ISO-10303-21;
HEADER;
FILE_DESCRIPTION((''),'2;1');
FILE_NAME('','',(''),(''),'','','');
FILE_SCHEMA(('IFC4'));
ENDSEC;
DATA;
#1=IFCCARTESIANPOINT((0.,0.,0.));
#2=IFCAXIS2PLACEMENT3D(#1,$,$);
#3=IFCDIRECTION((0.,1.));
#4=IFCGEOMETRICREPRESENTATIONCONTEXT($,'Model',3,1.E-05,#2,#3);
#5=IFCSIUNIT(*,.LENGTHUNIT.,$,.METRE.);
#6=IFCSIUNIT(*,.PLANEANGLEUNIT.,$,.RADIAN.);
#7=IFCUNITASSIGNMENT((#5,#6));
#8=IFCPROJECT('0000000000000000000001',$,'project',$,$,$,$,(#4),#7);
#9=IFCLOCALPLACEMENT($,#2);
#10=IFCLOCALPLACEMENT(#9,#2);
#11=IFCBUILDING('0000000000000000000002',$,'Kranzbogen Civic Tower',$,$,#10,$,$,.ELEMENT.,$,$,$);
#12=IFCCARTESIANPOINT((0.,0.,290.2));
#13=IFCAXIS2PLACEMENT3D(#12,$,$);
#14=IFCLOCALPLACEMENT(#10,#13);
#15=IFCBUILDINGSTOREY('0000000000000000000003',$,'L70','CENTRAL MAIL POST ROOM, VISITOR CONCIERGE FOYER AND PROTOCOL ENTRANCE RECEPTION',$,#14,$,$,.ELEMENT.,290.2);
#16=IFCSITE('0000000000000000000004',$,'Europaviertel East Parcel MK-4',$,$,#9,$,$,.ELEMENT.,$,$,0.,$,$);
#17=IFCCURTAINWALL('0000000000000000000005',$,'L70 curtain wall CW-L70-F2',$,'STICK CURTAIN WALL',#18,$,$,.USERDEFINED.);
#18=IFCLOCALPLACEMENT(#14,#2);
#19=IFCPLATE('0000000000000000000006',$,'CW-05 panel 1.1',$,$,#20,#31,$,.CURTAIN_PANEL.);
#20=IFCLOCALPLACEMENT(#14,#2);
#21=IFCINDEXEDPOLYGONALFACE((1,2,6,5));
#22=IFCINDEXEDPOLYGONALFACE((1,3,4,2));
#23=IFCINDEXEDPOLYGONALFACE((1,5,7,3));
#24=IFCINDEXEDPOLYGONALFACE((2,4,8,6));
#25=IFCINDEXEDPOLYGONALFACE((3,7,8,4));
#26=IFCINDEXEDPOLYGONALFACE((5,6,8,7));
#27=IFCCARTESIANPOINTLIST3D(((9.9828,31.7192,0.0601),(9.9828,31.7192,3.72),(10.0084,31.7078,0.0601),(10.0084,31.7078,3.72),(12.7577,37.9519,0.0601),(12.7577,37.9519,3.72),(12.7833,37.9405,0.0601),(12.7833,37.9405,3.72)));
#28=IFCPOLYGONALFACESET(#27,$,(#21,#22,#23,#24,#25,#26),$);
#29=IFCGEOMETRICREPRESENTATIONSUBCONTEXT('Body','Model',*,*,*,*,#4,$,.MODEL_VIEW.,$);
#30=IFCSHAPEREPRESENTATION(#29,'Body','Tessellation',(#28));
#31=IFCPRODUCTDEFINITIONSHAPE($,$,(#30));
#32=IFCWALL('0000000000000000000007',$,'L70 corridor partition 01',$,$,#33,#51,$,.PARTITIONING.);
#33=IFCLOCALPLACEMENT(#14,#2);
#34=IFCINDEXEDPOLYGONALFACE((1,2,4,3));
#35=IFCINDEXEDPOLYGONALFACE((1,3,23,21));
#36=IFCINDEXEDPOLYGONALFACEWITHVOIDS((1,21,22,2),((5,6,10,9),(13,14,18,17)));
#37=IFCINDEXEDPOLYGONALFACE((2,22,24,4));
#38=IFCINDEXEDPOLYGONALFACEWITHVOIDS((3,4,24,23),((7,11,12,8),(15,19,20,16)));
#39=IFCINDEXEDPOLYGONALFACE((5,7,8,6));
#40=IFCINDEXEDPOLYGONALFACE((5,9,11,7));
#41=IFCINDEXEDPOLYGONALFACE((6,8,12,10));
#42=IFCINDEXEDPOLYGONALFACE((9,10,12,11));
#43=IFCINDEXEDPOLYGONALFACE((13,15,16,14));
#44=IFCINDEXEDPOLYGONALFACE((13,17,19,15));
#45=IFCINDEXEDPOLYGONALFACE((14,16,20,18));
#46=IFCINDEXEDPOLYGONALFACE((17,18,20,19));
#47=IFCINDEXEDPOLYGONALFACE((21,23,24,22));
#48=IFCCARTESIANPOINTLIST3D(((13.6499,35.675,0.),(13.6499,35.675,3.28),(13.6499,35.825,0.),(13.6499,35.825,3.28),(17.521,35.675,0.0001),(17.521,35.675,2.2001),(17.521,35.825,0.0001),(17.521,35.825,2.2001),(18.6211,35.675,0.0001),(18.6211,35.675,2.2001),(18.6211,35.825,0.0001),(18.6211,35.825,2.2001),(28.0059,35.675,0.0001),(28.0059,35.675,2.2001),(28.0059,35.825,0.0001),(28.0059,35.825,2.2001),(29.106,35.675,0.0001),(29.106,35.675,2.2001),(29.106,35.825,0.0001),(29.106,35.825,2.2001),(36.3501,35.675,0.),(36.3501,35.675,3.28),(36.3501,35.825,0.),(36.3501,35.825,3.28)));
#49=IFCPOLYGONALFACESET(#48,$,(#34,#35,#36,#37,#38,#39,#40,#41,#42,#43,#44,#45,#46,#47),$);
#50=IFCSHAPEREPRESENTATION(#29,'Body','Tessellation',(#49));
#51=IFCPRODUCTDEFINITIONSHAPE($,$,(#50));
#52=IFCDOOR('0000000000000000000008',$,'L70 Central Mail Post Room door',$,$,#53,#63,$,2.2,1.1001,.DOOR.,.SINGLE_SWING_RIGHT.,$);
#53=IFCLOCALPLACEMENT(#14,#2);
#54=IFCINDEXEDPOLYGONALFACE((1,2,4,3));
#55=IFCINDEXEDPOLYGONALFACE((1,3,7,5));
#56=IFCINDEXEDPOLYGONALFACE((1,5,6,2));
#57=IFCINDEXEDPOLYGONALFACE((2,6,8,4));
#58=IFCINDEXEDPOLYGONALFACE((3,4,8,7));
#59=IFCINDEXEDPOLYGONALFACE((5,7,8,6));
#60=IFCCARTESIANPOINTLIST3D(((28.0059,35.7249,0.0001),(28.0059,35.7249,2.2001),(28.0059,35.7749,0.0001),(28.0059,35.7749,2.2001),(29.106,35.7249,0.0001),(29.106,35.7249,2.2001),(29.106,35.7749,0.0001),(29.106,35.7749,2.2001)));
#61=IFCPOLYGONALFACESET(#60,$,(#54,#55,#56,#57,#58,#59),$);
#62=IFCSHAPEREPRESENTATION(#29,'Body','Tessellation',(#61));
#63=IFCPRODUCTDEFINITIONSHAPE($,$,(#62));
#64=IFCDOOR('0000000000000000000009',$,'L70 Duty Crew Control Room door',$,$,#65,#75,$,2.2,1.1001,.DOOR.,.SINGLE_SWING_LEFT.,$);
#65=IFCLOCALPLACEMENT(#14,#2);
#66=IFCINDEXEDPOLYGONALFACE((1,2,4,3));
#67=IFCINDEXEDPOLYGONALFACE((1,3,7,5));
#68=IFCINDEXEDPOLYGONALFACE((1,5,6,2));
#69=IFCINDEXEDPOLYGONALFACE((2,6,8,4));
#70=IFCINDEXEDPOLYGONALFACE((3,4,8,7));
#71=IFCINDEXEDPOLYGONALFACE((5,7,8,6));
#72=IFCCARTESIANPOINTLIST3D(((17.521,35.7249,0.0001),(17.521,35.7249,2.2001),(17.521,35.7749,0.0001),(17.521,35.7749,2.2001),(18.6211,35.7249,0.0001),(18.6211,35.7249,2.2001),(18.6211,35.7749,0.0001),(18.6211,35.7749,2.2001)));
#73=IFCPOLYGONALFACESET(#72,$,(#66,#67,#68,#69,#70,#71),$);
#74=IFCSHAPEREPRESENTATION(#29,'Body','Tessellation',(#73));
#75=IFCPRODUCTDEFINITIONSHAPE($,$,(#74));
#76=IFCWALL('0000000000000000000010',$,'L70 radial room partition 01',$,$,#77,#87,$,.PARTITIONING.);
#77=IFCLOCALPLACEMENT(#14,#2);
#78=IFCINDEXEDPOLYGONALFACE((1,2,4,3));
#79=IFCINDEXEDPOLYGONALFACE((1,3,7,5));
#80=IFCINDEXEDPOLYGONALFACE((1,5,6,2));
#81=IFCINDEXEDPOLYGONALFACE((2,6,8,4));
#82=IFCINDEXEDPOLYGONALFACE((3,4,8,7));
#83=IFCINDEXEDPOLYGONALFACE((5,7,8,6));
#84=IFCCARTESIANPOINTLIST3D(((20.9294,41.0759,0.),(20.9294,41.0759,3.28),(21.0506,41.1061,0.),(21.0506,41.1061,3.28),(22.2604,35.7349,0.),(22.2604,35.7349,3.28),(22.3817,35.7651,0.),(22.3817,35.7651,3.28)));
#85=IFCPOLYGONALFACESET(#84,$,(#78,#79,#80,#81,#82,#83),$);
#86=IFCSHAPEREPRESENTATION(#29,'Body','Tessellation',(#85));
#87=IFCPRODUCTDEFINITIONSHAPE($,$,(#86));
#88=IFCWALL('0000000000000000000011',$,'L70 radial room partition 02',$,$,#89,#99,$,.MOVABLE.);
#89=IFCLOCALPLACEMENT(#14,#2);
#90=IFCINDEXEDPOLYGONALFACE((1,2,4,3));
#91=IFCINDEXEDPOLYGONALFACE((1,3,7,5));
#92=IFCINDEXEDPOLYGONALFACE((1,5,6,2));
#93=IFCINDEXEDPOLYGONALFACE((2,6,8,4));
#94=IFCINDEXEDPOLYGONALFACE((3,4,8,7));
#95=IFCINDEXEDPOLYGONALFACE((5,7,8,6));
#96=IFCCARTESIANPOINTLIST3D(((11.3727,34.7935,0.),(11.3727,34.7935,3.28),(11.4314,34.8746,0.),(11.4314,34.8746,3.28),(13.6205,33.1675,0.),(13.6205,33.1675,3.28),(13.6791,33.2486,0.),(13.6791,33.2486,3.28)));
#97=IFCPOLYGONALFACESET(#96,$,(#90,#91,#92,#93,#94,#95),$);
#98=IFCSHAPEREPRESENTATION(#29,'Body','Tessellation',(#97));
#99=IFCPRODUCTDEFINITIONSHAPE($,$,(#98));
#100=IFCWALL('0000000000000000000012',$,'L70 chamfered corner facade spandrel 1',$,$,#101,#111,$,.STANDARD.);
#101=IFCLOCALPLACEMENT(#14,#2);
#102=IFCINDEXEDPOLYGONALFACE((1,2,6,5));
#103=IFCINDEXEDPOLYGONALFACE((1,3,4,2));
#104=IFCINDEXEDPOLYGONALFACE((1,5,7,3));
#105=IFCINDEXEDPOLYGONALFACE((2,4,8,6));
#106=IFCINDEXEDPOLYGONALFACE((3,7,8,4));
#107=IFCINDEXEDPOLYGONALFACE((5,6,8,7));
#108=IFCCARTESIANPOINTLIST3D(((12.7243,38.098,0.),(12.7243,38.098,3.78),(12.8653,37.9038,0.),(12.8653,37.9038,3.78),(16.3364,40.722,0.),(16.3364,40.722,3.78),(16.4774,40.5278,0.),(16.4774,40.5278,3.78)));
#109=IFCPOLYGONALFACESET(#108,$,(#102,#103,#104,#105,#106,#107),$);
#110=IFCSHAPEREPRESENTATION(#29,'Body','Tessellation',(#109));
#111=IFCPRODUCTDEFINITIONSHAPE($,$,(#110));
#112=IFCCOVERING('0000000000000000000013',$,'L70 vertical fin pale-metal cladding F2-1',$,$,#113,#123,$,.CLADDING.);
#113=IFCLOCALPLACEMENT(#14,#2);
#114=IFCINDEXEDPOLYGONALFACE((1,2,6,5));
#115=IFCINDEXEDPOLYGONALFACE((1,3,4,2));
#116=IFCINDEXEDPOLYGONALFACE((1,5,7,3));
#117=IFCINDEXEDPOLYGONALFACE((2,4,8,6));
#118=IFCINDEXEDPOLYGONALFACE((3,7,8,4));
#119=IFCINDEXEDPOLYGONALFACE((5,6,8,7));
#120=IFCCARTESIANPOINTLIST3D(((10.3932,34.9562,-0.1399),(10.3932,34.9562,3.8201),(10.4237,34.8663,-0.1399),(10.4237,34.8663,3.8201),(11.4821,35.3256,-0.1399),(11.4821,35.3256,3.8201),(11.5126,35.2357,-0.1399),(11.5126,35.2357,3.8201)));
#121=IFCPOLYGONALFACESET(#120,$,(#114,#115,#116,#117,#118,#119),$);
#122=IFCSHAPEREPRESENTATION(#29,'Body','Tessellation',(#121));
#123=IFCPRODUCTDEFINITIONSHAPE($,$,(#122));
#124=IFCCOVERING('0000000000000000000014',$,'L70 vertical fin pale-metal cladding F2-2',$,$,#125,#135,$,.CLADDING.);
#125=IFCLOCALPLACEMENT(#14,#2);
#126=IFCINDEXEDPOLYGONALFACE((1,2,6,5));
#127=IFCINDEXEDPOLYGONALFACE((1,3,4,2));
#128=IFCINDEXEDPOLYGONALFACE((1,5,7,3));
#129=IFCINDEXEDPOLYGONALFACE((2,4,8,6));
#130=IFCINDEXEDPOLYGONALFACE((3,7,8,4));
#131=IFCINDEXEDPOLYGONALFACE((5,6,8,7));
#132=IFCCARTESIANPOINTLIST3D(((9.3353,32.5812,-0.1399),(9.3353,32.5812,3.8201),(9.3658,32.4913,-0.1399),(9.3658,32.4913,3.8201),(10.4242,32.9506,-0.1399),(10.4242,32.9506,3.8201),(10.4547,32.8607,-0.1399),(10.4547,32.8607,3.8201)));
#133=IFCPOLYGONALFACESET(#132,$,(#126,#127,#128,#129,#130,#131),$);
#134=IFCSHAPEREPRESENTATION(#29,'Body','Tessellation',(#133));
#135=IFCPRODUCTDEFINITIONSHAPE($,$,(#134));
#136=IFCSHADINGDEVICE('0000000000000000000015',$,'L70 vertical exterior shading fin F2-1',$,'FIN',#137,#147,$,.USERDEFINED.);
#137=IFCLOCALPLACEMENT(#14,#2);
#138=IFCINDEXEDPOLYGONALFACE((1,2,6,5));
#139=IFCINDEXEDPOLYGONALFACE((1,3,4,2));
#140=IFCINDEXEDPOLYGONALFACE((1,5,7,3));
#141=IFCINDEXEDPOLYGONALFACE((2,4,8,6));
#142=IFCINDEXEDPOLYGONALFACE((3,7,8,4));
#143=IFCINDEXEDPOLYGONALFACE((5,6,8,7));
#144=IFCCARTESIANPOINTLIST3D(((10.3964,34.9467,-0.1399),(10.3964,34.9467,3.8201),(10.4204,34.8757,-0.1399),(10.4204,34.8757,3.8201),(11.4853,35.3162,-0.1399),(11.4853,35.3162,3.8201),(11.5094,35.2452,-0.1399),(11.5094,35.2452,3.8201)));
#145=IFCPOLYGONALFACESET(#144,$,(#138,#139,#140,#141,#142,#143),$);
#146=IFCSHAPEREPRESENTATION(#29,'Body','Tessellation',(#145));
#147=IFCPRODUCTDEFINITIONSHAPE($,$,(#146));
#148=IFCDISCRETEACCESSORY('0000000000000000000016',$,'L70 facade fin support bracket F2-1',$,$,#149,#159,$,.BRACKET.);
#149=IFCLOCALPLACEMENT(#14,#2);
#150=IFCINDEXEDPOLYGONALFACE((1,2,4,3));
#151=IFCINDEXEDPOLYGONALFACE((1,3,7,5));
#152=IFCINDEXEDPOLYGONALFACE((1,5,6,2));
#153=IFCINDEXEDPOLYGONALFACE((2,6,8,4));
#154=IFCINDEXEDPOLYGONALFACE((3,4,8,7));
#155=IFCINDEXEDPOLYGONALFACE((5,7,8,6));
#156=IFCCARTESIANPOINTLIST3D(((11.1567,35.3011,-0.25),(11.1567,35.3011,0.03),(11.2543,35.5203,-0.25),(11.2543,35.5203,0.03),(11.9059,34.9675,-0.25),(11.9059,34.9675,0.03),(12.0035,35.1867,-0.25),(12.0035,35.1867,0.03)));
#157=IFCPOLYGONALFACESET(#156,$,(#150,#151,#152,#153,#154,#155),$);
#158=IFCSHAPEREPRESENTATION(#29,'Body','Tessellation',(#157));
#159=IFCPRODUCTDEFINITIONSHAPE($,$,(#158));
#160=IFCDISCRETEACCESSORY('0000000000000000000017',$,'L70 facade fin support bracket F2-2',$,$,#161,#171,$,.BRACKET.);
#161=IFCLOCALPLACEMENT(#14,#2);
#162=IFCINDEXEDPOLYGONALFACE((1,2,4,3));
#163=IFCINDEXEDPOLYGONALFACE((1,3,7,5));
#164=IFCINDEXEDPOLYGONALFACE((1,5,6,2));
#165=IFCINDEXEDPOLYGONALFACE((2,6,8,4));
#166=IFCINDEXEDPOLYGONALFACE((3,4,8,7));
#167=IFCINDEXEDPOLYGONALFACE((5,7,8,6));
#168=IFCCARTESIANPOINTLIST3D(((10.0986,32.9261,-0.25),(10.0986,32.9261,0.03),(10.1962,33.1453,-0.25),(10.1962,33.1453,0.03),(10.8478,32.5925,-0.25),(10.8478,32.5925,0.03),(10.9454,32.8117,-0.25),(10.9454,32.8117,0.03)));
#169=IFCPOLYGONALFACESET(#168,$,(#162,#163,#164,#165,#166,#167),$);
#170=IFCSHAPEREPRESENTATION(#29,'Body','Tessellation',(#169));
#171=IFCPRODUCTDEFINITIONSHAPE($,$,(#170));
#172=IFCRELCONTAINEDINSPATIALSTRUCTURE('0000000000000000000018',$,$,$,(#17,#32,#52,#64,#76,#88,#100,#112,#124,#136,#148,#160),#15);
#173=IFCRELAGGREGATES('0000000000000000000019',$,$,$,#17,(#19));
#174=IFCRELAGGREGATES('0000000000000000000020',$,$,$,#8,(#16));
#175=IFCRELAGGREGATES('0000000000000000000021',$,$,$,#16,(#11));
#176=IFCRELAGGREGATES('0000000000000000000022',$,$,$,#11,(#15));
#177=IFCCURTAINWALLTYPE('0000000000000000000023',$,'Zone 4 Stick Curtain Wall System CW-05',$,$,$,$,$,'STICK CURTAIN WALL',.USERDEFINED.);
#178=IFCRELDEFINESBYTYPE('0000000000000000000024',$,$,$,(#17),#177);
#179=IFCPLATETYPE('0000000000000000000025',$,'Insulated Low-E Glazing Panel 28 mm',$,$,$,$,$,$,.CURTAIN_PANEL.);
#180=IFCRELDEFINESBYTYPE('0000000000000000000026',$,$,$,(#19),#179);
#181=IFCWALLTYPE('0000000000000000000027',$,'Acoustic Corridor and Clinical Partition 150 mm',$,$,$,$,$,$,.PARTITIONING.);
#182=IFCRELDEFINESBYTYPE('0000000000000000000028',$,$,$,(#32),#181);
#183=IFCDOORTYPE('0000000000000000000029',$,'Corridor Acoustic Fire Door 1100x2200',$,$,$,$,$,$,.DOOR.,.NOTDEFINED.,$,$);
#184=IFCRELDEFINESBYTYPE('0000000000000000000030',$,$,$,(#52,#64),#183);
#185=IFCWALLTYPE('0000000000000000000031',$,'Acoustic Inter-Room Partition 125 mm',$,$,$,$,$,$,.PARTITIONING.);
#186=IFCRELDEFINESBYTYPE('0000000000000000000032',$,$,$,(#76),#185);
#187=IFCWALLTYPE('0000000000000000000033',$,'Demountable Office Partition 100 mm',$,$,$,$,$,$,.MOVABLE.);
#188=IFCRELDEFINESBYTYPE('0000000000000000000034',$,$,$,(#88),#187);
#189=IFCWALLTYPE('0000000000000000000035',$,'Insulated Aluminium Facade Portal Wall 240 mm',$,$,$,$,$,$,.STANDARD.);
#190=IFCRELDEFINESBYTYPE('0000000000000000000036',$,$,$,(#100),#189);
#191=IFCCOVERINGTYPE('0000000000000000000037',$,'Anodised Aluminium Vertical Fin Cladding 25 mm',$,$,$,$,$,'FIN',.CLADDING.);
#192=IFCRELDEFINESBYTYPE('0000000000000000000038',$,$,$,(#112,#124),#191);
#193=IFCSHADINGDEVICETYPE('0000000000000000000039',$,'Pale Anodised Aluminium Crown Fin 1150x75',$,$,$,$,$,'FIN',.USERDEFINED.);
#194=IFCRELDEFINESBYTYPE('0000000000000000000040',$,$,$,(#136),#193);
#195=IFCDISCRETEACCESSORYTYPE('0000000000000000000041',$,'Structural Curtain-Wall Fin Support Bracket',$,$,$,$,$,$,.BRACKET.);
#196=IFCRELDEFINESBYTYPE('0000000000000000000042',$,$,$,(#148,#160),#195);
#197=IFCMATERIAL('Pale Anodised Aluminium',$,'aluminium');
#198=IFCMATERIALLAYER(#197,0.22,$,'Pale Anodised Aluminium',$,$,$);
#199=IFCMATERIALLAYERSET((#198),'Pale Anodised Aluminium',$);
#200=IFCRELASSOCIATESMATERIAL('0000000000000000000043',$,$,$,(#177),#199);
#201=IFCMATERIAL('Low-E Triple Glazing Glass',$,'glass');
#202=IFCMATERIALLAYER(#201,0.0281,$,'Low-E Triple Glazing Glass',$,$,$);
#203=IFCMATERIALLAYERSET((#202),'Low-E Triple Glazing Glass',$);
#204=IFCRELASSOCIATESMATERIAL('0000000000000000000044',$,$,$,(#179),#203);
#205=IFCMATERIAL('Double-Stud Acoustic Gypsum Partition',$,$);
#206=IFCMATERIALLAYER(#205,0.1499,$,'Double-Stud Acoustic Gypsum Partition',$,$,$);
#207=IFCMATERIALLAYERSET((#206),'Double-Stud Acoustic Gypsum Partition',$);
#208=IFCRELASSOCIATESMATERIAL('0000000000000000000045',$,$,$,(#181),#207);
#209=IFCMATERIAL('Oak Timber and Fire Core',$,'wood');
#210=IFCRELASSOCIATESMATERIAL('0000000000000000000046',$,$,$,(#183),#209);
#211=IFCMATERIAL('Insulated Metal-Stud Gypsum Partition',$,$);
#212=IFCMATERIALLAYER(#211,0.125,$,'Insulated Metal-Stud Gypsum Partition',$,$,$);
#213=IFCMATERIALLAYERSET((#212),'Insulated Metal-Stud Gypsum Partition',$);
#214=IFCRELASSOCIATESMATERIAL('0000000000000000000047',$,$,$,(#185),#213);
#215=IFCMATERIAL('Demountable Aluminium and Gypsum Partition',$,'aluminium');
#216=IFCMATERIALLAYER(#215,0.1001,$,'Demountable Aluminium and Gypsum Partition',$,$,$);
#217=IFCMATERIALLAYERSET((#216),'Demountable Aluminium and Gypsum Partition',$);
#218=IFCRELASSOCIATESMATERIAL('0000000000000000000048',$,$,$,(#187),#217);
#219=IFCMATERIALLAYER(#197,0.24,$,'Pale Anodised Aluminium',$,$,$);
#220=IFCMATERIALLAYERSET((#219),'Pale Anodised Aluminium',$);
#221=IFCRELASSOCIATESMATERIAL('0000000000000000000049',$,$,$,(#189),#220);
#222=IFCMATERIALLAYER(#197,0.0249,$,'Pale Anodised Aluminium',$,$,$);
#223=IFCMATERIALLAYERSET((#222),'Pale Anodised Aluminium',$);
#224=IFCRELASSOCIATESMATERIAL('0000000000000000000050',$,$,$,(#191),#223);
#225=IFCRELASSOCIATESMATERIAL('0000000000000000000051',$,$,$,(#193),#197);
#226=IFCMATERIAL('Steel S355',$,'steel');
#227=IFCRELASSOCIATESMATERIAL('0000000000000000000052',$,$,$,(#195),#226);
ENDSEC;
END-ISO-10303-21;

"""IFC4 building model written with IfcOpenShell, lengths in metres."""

from ifc_helpers import new_model, si_unit, direction, frame, frame_2d, origin, origin_2d, place, context, subcontext, project, spatial, rectangle, extrude, material, layer, layer_set, type_object, element, fill, aggregate, save


model = new_model("IFC4")

# Units and contexts
model_context = context("Model", 3, precision=1e-05, world=origin(), true_north=direction((0.0, 1.0)))
body_context = subcontext(model_context, "Body", "Model", "MODEL_VIEW")
ifc_project = project(units=[si_unit("LENGTHUNIT", "METRE"), si_unit("PLANEANGLEUNIT", "RADIAN")], contexts=[model_context])

# Site, building, storey
site_placement = place(None, origin())
site = spatial("IfcSite", under=ifc_project, at=site_placement, Name="Europaviertel East Parcel MK-4", CompositionType="ELEMENT", RefElevation=0.0)
building_placement = place(site_placement, origin())
building = spatial("IfcBuilding", under=site, at=building_placement, Name="Kranzbogen Civic Tower", CompositionType="ELEMENT")
storey_placement = place(building_placement, frame((0.0, 0.0, 290.2)))
storey = spatial("IfcBuildingStorey", under=building, at=storey_placement, Name="L70", Description="CENTRAL MAIL POST ROOM, VISITOR CONCIERGE FOYER AND PROTOCOL ENTRANCE RECEPTION", CompositionType="ELEMENT", Elevation=290.2)

# Shared definitions
ifc_material_1 = material(Name="Steel S355", Category="steel")

# Shared definitions
ifc_material_2 = material(Name="Pale Anodised Aluminium", Category="aluminium")
ifc_layer_1 = layer(ifc_material_2, 0.22, Name="Pale Anodised Aluminium")
ifc_layer_set_1 = layer_set([ifc_layer_1], Name="Pale Anodised Aluminium")
curtain_wall_type = type_object("IfcCurtainWallType", Name="Zone 4 Stick Curtain Wall System CW-05", ElementType="STICK CURTAIN WALL", PredefinedType="USERDEFINED", material=ifc_layer_set_1)

# Curtain wall
curtain_wall_1_placement = place(storey_placement, origin())
curtain_wall_1 = element("IfcCurtainWall", 1, at=curtain_wall_1_placement, inside=storey, type_object=curtain_wall_type, Name="L70 curtain wall CW-L70-F2", ObjectType="STICK CURTAIN WALL", PredefinedType="USERDEFINED")

# Plate
ifc_material_3 = material(Name="Low-E Triple Glazing Glass", Category="glass")
ifc_layer_2 = layer(ifc_material_3, 0.0281, Name="Low-E Triple Glazing Glass")
ifc_layer_set_2 = layer_set([ifc_layer_2], Name="Low-E Triple Glazing Glass")
plate_type = type_object("IfcPlateType", Name="Insulated Low-E Glazing Panel 28 mm", PredefinedType="CURTAIN_PANEL", material=ifc_layer_set_2)
plate_1_placement = place(storey_placement, frame((11.3831, 34.8298, 0.0601), z_axis=(0.0, 0.0, 1.0), x_axis=(-0.406722, -0.913552, 0.0)))
plate_1 = element("IfcPlate", 2, at=plate_1_placement, type_object=plate_type, Name="CW-05 panel 1.1", PredefinedType="CURTAIN_PANEL", context=body_context, shape_type="SweptSolid", body=[
    extrude(rectangle(XDim=6.8225, YDim=0.0281, at=origin_2d()), origin(), (0.0, 0.0, 1.0), 3.6599),
])
aggregate(curtain_wall_1, [plate_1])

# Wall, openings, doors
ifc_material_4 = material(Name="Double-Stud Acoustic Gypsum Partition")
ifc_layer_3 = layer(ifc_material_4, 0.1499, Name="Double-Stud Acoustic Gypsum Partition")
ifc_layer_set_3 = layer_set([ifc_layer_3], Name="Double-Stud Acoustic Gypsum Partition")
wall_type_1 = type_object("IfcWallType", Name="Acoustic Corridor and Clinical Partition 150 mm", PredefinedType="PARTITIONING", material=ifc_layer_set_3)
wall_1_placement = place(storey_placement, frame((13.6499, 35.75, 0.0), z_axis=(0.0, 0.0, 1.0), x_axis=(1.0, 0.0, 0.0)))
wall_1 = element("IfcWall", 3, at=wall_1_placement, inside=storey, type_object=wall_type_1, Name="L70 corridor partition 01", PredefinedType="PARTITIONING", context=body_context, shape_type="SweptSolid", body=[
    extrude(rectangle(XDim=22.7002, YDim=0.1499, at=frame_2d((11.3501, 0.0))), origin(), (0.0, 0.0, 1.0), 3.28),
])
opening_1_placement = place(wall_1_placement, frame((14.356, 0.0, 0.0)))
opening_1 = element("IfcOpeningElement", 4, at=opening_1_placement, cuts=wall_1, PredefinedType="OPENING", context=body_context, shape_type="SweptSolid", body=[
    extrude(rectangle(XDim=1.1001, YDim=2.2, at=frame_2d((0.55, 1.1001))), frame((0.0, 0.085, 0.0), z_axis=(0.0, -1.0, 0.0), x_axis=(1.0, 0.0, 0.0)), (0.0, 0.0, 1.0), 0.1699),
])
opening_2_placement = place(wall_1_placement, frame((3.8711, 0.0, 0.0)))
opening_2 = element("IfcOpeningElement", 5, at=opening_2_placement, cuts=wall_1, PredefinedType="OPENING", context=body_context, shape_type="SweptSolid", body=[
    extrude(rectangle(XDim=1.1001, YDim=2.2, at=frame_2d((0.55, 1.1001))), frame((0.0, 0.085, 0.0), z_axis=(0.0, -1.0, 0.0), x_axis=(1.0, 0.0, 0.0)), (0.0, 0.0, 1.0), 0.1699),
])
ifc_material_5 = material(Name="Oak Timber and Fire Core", Category="wood")
door_type = type_object("IfcDoorType", Name="Corridor Acoustic Fire Door 1100x2200", OperationType="NOTDEFINED", PredefinedType="DOOR", material=ifc_material_5)
door_1_placement = place(opening_1_placement, origin())
door_1 = element("IfcDoor", 6, at=door_1_placement, inside=storey, type_object=door_type, Name="L70 Central Mail Post Room door", OperationType="SINGLE_SWING_RIGHT", OverallHeight=2.2, OverallWidth=1.1001, PredefinedType="DOOR", context=body_context, shape_type="SweptSolid", body=[
    extrude(rectangle(XDim=1.1001, YDim=2.2, at=frame_2d((0.55, 1.1001))), frame((0.0, 0.0249, 0.0), z_axis=(0.0, -1.0, 0.0), x_axis=(1.0, 0.0, 0.0)), (0.0, 0.0, 1.0), 0.05),
])
fill(opening_1, door_1)
door_2_placement = place(opening_2_placement, origin())
door_2 = element("IfcDoor", 7, at=door_2_placement, inside=storey, type_object=door_type, Name="L70 Duty Crew Control Room door", OperationType="SINGLE_SWING_LEFT", OverallHeight=2.2, OverallWidth=1.1001, PredefinedType="DOOR", context=body_context, shape_type="SweptSolid", body=[
    extrude(rectangle(XDim=1.1001, YDim=2.2, at=frame_2d((0.55, 1.1001))), frame((0.0, 0.0249, 0.0), z_axis=(0.0, -1.0, 0.0), x_axis=(1.0, 0.0, 0.0)), (0.0, 0.0, 1.0), 0.05),
])
fill(opening_2, door_2)

# Walls
ifc_material_6 = material(Name="Insulated Metal-Stud Gypsum Partition")
ifc_layer_4 = layer(ifc_material_6, 0.125, Name="Insulated Metal-Stud Gypsum Partition")
ifc_layer_set_4 = layer_set([ifc_layer_4], Name="Insulated Metal-Stud Gypsum Partition")
wall_type_2 = type_object("IfcWallType", Name="Acoustic Inter-Room Partition 125 mm", PredefinedType="PARTITIONING", material=ifc_layer_set_4)
wall_2_placement = place(storey_placement, frame((22.321, 35.75, 0.0), z_axis=(0.0, 0.0, 1.0), x_axis=(-0.241815, 0.970322, 0.0)))
element("IfcWall", 8, at=wall_2_placement, inside=storey, type_object=wall_type_2, Name="L70 radial room partition 01", PredefinedType="PARTITIONING", context=body_context, shape_type="SweptSolid", body=[
    extrude(rectangle(XDim=5.5044, YDim=0.125, at=frame_2d((2.7522, 0.0))), origin(), (0.0, 0.0, 1.0), 3.28),
])
ifc_material_7 = material(Name="Demountable Aluminium and Gypsum Partition", Category="aluminium")
ifc_layer_5 = layer(ifc_material_7, 0.1001, Name="Demountable Aluminium and Gypsum Partition")
ifc_layer_set_5 = layer_set([ifc_layer_5], Name="Demountable Aluminium and Gypsum Partition")
wall_type_3 = type_object("IfcWallType", Name="Demountable Office Partition 100 mm", PredefinedType="MOVABLE", material=ifc_layer_set_5)
wall_3_placement = place(storey_placement, frame((13.6499, 33.208, 0.0), z_axis=(0.0, 0.0, 1.0), x_axis=(-0.81024, 0.586098, 0.0)))
element("IfcWall", 9, at=wall_3_placement, inside=storey, type_object=wall_type_3, Name="L70 radial room partition 02", PredefinedType="MOVABLE", context=body_context, shape_type="SweptSolid", body=[
    extrude(rectangle(XDim=2.7742, YDim=0.1001, at=frame_2d((1.3872, 0.0))), origin(), (0.0, 0.0, 1.0), 3.28),
])
ifc_layer_6 = layer(ifc_material_2, 0.24, Name="Pale Anodised Aluminium")
ifc_layer_set_6 = layer_set([ifc_layer_6], Name="Pale Anodised Aluminium")
wall_type_4 = type_object("IfcWallType", Name="Insulated Aluminium Facade Portal Wall 240 mm", PredefinedType="STANDARD", material=ifc_layer_set_6)
wall_4_placement = place(storey_placement, frame((16.407, 40.625, 0.0), z_axis=(0.0, 0.0, 1.0), x_axis=(-0.809048, -0.587742, 0.0)))
element("IfcWall", 10, at=wall_4_placement, inside=storey, type_object=wall_type_4, Name="L70 chamfered corner facade spandrel 1", PredefinedType="STANDARD", context=body_context, shape_type="SweptSolid", body=[
    extrude(rectangle(XDim=4.4646, YDim=0.24, at=frame_2d((2.2324, 0.0))), origin(), (0.0, 0.0, 1.0), 3.78),
])

# Coverings
ifc_layer_7 = layer(ifc_material_2, 0.0249, Name="Pale Anodised Aluminium")
ifc_layer_set_7 = layer_set([ifc_layer_7], Name="Pale Anodised Aluminium")
covering_type = type_object("IfcCoveringType", Name="Anodised Aluminium Vertical Fin Cladding 25 mm", ElementType="FIN", PredefinedType="CLADDING", material=ifc_layer_set_7)
for number, where, z_axis, x_axis, name in (
    (11, (10.9529, 35.0959, -0.1399), (0.0, 0.0, 1.0), (-0.946986, -0.321274, 0.0), "L70 vertical fin pale-metal cladding F2-1"),
    (12, (9.895, 32.7209, -0.1399), (0.0, 0.0, 1.0), (-0.946986, -0.321274, 0.0), "L70 vertical fin pale-metal cladding F2-2"),
):
    element("IfcCovering", number, at=place(storey_placement, frame(where, z_axis=z_axis, x_axis=x_axis)), inside=storey, type_object=covering_type, Name=name, PredefinedType="CLADDING", context=body_context, shape_type="SweptSolid", body=[
        extrude(rectangle(XDim=1.1499, YDim=0.095, at=origin_2d()), origin(), (0.0, 0.0, 1.0), 3.96),
    ])

# Shading device
shading_device_type = type_object("IfcShadingDeviceType", Name="Pale Anodised Aluminium Crown Fin 1150x75", ElementType="FIN", PredefinedType="USERDEFINED", material=ifc_material_2)
shading_device_placement = place(storey_placement, frame((10.9529, 35.0959, -0.1399), z_axis=(0.0, 0.0, 1.0), x_axis=(-0.946986, -0.321274, 0.0)))
element("IfcShadingDevice", 13, at=shading_device_placement, inside=storey, type_object=shading_device_type, Name="L70 vertical exterior shading fin F2-1", ObjectType="FIN", PredefinedType="USERDEFINED", context=body_context, shape_type="SweptSolid", body=[
    extrude(rectangle(XDim=1.1499, YDim=0.075, at=origin_2d()), origin(), (0.0, 0.0, 1.0), 3.96),
])

# Discrete accessories
discrete_accessory_type = type_object("IfcDiscreteAccessoryType", Name="Structural Curtain-Wall Fin Support Bracket", PredefinedType="BRACKET", material=ifc_material_1)
for number, where, z_axis, x_axis, name in (
    (14, (11.5801, 35.2439, -0.25), (0.0, 0.0, 1.0), (-0.913545, 0.406737, 0.0), "L70 facade fin support bracket F2-1"),
    (15, (10.522, 32.8689, -0.25), (0.0, 0.0, 1.0), (-0.913545, 0.406737, 0.0), "L70 facade fin support bracket F2-2"),
):
    element("IfcDiscreteAccessory", number, at=place(storey_placement, frame(where, z_axis=z_axis, x_axis=x_axis)), inside=storey, type_object=discrete_accessory_type, Name=name, PredefinedType="BRACKET", context=body_context, shape_type="SweptSolid", body=[
        extrude(rectangle(XDim=0.8201, YDim=0.24, at=origin_2d()), origin(), (0.0, 0.0, 1.0), 0.28),
    ])

save(model, "model.ifc")
